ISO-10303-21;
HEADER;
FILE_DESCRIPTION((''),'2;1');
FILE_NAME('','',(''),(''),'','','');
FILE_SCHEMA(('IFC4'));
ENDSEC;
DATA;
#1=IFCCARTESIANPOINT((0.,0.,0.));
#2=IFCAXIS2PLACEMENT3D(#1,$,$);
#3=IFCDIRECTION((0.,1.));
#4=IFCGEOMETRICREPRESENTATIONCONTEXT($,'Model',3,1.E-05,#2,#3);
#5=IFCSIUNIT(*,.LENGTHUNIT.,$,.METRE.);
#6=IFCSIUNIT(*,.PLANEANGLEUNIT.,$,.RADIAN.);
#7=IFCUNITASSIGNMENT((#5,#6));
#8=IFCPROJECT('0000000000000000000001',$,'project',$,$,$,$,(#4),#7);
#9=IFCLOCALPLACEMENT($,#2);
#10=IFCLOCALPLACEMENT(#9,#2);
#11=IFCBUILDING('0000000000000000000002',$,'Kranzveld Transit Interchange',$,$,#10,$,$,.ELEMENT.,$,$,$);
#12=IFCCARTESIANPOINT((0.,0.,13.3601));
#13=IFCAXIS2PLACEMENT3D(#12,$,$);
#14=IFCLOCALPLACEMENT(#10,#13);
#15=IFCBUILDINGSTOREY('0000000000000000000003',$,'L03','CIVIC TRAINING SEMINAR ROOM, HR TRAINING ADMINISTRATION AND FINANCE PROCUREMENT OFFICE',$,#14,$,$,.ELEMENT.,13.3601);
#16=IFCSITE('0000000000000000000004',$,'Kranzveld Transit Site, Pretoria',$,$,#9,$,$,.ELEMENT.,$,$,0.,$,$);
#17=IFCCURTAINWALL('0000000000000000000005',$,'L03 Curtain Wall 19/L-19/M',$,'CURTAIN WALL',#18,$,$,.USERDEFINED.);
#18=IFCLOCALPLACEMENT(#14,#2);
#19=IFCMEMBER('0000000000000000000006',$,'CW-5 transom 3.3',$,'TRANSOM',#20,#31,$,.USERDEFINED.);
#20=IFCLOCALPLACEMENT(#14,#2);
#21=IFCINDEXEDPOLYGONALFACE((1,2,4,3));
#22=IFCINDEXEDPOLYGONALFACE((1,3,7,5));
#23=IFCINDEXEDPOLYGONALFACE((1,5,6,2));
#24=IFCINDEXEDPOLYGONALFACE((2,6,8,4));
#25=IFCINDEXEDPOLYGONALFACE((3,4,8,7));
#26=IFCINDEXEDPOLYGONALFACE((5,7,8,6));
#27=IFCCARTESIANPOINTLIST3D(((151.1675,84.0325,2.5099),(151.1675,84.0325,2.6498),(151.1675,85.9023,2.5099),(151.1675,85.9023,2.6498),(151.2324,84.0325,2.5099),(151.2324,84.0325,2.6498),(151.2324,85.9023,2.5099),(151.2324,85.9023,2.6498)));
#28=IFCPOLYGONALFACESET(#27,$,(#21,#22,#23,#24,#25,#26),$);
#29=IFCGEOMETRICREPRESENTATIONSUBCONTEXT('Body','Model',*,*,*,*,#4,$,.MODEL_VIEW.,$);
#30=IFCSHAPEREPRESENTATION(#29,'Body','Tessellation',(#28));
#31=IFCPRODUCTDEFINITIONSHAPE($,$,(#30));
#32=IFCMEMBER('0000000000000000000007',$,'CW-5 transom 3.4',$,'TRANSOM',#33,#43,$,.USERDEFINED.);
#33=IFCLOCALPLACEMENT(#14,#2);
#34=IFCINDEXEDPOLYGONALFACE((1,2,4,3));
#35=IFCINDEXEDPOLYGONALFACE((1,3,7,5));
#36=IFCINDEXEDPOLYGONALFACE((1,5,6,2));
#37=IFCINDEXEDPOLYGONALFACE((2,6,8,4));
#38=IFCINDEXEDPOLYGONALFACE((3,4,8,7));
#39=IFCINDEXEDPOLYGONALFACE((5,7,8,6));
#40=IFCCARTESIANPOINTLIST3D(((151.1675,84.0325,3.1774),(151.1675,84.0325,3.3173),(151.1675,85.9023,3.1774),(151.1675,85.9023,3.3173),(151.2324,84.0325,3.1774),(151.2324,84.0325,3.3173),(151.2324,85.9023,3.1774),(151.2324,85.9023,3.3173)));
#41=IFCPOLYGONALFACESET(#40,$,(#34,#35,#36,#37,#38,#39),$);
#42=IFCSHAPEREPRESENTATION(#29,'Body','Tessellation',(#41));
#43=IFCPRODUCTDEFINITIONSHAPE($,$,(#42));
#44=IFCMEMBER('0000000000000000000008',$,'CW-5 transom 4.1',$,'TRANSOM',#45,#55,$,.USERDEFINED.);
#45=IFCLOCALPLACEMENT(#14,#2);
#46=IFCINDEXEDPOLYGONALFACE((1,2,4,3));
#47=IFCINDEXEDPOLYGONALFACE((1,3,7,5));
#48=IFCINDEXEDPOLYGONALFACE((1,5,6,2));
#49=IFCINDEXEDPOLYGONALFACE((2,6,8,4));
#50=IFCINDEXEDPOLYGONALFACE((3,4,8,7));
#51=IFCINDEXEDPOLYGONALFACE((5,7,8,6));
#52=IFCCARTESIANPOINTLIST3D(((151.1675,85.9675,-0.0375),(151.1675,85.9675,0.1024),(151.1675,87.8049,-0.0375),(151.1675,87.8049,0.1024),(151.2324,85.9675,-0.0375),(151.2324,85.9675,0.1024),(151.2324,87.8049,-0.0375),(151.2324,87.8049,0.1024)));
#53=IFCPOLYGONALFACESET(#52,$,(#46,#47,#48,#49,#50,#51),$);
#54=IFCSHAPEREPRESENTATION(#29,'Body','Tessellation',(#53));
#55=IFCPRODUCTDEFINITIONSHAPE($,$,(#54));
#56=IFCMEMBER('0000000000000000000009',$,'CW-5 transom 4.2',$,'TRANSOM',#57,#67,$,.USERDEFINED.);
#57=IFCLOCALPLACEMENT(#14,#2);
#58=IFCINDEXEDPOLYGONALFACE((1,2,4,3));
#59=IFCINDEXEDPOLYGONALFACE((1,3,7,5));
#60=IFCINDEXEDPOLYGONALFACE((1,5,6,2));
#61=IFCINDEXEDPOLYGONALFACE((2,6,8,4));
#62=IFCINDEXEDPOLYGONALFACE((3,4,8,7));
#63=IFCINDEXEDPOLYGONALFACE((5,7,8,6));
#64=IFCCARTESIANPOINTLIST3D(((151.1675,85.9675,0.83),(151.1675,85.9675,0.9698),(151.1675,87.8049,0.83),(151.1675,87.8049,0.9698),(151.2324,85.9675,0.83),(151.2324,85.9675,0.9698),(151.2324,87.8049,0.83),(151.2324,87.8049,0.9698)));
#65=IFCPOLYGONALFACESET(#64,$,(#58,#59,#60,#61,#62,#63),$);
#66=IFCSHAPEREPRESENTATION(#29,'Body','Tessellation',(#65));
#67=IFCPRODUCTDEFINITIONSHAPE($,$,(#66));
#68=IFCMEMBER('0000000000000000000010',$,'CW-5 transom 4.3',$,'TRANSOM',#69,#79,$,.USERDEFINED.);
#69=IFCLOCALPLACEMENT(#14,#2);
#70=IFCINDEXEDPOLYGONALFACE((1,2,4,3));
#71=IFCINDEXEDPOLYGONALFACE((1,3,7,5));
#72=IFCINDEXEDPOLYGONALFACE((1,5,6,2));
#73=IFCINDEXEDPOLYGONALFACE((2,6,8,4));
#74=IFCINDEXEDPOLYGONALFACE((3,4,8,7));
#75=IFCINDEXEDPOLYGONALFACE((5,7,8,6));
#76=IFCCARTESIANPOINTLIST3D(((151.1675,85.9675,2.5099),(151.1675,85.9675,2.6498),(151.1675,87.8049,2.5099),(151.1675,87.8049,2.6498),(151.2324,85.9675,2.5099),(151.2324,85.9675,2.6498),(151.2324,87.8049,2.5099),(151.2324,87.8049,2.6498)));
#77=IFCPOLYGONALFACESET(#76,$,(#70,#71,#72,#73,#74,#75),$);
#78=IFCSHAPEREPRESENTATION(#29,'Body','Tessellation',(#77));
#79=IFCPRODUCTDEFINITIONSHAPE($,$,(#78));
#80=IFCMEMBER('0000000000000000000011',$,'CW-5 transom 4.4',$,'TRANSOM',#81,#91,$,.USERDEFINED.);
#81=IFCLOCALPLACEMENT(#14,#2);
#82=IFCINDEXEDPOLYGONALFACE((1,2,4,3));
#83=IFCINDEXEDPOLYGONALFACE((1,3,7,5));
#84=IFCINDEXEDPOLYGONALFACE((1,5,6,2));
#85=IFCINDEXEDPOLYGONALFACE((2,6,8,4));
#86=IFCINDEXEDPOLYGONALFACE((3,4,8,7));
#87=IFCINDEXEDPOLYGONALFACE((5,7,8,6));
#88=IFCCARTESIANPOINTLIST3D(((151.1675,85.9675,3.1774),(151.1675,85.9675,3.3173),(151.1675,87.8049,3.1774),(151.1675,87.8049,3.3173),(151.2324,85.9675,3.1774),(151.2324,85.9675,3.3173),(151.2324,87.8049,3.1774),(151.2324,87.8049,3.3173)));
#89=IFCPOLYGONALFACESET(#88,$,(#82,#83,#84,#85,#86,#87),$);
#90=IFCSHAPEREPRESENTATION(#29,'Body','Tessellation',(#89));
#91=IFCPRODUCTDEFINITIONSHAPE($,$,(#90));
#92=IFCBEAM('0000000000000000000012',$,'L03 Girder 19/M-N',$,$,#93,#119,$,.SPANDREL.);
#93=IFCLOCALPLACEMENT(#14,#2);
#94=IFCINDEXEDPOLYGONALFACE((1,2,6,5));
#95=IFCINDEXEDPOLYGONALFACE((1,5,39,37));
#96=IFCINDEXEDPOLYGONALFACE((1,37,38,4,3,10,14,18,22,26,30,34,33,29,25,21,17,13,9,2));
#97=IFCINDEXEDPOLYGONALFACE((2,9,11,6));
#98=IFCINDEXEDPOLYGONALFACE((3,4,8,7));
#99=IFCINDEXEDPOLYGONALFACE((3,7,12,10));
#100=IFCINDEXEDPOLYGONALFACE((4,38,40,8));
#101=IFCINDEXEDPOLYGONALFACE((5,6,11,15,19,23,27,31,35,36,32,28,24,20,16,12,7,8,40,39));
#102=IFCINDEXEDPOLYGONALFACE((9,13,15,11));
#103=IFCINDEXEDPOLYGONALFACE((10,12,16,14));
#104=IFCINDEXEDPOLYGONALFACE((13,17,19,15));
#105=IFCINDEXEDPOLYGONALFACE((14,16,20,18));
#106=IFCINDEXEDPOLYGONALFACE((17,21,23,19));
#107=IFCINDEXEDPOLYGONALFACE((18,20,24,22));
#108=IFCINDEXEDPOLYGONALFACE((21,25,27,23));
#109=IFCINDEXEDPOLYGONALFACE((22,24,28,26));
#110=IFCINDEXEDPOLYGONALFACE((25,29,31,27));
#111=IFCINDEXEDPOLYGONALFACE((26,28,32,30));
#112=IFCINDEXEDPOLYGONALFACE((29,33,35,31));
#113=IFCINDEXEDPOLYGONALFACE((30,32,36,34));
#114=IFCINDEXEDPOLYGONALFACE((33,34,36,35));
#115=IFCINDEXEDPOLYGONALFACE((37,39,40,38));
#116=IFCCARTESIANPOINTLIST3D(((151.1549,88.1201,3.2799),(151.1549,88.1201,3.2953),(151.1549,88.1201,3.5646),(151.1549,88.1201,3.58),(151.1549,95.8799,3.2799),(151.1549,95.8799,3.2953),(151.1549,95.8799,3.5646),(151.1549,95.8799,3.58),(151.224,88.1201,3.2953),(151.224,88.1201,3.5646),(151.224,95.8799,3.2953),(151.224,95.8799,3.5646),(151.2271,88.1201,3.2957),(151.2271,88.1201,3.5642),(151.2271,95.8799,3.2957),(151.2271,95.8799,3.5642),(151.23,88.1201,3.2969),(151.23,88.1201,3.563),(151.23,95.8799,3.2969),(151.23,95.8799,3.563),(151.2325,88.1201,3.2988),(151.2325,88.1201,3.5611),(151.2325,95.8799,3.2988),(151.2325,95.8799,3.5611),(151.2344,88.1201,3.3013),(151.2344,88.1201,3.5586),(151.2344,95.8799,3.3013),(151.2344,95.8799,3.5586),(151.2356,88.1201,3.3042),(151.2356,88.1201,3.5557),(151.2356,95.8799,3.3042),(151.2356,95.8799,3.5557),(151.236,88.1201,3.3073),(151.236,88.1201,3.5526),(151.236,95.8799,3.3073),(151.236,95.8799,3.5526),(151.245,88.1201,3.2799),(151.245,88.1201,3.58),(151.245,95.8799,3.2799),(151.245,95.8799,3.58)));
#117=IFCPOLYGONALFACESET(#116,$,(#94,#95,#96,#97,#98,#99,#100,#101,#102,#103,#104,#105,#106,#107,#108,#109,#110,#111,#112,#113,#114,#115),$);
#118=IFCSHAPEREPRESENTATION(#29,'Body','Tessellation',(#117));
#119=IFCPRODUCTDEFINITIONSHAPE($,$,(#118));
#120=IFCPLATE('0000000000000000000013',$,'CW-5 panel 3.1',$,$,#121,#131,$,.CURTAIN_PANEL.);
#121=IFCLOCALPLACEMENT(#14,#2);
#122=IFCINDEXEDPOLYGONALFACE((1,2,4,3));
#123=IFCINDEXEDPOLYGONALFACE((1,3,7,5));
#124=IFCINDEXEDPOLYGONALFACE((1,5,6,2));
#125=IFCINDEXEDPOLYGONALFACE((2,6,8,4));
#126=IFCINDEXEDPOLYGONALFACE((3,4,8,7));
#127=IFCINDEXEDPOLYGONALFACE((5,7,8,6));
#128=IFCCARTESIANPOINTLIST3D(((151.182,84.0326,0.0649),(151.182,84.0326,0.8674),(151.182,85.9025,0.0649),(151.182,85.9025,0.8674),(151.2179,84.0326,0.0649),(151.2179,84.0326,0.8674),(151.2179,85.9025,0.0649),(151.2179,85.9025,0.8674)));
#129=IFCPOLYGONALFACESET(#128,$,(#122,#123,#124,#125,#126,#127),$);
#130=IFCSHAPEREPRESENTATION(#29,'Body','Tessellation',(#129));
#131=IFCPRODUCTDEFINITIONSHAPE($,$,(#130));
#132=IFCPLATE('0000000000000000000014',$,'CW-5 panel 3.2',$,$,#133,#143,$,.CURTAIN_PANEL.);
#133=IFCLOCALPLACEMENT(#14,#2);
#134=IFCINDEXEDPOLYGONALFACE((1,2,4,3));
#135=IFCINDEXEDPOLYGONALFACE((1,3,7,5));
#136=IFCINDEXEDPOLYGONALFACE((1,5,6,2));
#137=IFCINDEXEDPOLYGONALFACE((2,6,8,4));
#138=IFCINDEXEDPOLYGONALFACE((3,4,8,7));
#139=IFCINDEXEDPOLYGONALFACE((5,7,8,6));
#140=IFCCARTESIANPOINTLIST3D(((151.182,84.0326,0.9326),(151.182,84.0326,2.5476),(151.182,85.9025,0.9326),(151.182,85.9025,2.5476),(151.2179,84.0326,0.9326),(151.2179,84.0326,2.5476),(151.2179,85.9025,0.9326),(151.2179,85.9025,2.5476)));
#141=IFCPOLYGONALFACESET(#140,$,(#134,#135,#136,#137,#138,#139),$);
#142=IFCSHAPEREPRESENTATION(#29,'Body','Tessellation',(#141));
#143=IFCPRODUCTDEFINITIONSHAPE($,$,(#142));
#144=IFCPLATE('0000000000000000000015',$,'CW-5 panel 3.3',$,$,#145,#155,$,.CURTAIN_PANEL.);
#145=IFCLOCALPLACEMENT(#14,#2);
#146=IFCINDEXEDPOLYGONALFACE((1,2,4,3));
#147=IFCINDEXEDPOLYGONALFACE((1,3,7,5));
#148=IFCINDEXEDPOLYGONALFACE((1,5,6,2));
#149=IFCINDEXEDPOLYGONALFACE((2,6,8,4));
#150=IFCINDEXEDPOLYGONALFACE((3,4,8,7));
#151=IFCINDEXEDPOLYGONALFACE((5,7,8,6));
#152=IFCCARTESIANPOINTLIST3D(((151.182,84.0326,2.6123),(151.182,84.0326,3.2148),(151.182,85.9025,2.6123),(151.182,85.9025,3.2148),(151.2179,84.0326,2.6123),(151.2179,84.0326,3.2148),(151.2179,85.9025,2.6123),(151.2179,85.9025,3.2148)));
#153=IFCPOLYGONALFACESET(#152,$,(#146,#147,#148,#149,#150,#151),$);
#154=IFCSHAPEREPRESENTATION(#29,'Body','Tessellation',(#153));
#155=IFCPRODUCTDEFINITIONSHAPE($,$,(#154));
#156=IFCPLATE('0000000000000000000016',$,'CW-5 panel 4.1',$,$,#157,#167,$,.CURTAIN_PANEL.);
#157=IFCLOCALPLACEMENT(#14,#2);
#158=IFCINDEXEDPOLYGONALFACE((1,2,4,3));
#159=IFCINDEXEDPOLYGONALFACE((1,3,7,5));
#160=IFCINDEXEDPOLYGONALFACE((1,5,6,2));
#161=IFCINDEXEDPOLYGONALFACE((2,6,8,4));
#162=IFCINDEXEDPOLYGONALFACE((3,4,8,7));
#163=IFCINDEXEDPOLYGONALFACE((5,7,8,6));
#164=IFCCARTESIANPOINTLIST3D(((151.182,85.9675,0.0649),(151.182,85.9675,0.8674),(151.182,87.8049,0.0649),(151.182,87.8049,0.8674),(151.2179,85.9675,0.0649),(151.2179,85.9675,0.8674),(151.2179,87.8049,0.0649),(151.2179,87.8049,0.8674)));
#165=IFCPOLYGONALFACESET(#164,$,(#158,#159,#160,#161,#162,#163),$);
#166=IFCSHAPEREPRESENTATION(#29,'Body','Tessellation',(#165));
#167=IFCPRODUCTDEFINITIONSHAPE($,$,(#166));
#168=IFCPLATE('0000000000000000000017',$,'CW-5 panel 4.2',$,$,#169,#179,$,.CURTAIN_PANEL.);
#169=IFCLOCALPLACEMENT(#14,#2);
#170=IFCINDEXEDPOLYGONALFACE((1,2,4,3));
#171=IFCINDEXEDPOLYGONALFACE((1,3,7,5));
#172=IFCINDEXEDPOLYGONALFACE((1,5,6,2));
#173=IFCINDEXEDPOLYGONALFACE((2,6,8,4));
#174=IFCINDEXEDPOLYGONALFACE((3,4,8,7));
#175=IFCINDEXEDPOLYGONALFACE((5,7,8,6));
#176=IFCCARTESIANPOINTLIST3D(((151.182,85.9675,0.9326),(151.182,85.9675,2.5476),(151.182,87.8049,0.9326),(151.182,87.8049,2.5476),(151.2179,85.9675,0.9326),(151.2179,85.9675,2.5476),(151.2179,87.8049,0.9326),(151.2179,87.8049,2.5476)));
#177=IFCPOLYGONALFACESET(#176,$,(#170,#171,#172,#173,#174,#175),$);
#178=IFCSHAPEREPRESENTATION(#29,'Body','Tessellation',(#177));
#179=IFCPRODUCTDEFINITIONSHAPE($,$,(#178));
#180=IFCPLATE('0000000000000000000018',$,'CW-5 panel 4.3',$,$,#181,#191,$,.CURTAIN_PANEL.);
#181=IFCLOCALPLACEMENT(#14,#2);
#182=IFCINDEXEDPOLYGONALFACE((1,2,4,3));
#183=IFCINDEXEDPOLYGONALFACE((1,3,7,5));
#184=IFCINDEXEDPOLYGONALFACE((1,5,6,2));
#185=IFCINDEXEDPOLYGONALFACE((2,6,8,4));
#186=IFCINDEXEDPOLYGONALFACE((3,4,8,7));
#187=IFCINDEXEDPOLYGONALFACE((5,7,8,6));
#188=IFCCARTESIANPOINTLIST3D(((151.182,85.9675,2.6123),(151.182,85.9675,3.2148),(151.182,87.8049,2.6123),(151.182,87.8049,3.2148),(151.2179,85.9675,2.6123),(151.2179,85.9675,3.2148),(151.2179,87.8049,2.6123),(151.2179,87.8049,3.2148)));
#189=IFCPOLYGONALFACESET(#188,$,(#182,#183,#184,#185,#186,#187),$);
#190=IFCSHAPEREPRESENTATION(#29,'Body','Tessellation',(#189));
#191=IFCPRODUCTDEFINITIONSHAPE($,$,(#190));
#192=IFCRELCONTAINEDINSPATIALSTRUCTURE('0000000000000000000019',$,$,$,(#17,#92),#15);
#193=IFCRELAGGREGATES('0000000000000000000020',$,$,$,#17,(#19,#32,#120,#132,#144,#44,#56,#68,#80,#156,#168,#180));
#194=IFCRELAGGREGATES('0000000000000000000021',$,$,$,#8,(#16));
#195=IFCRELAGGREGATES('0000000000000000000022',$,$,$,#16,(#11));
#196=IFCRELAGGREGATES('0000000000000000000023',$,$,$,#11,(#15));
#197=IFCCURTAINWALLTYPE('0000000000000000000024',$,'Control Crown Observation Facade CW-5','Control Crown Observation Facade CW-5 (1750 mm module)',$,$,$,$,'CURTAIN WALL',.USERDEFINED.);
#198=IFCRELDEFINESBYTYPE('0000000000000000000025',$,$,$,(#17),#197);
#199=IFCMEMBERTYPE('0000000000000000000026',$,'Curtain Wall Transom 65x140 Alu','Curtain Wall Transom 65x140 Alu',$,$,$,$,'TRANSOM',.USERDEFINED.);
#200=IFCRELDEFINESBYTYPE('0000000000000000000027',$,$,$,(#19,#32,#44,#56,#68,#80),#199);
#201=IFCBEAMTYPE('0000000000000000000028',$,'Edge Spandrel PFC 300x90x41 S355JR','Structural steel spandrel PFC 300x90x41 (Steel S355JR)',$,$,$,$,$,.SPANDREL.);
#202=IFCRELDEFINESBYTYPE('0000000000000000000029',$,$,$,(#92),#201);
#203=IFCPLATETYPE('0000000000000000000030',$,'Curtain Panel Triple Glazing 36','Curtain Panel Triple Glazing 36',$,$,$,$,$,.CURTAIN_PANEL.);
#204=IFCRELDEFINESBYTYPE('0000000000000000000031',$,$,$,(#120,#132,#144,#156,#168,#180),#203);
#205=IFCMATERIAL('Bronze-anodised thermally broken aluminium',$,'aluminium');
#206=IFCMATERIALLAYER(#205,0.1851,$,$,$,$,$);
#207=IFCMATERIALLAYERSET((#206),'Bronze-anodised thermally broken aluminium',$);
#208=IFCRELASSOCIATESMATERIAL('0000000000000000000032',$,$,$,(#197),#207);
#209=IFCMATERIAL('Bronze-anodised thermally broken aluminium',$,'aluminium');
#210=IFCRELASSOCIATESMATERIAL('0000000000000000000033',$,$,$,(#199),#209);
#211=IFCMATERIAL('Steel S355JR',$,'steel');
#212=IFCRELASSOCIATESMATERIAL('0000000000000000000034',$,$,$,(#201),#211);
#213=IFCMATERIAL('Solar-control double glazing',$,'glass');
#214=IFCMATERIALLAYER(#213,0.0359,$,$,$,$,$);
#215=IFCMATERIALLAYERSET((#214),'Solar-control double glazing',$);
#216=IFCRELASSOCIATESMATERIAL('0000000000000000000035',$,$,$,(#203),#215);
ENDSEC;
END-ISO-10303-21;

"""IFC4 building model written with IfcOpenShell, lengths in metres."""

from ifc_helpers import new_model, si_unit, direction, frame, origin, origin_2d, place, context, subcontext, project, spatial, rectangle, u_section, extrude, material, layer, layer_set, material_profile, profile_set, type_object, element, aggregate, save


model = new_model("IFC4")

# Units and contexts
model_context = context("Model", 3, precision=1e-05, world=origin(), true_north=direction((0.0, 1.0)))
body_context = subcontext(model_context, "Body", "Model", "MODEL_VIEW")
ifc_project = project(units=[si_unit("LENGTHUNIT", "METRE"), si_unit("PLANEANGLEUNIT", "RADIAN")], contexts=[model_context])

# Site, building, storey
site_placement = place(None, origin())
site = spatial("IfcSite", under=ifc_project, at=site_placement, Name="Kranzveld Transit Site, Pretoria", CompositionType="ELEMENT", RefElevation=0.0)
building_placement = place(site_placement, origin())
building = spatial("IfcBuilding", under=site, at=building_placement, Name="Kranzveld Transit Interchange", CompositionType="ELEMENT")
storey_placement = place(building_placement, frame((0.0, 0.0, 13.3601)))
storey = spatial("IfcBuildingStorey", under=building, at=storey_placement, Name="L03", Description="CIVIC TRAINING SEMINAR ROOM, HR TRAINING ADMINISTRATION AND FINANCE PROCUREMENT OFFICE", CompositionType="ELEMENT", Elevation=13.3601)

# Curtain wall
ifc_material_1 = material(Name="Bronze-anodised thermally broken aluminium", Category="aluminium")
ifc_layer_1 = layer(ifc_material_1, 0.1851)
ifc_layer_set_1 = layer_set([ifc_layer_1], Name="Bronze-anodised thermally broken aluminium")
curtain_wall_type_1 = type_object("IfcCurtainWallType", Name="Control Crown Observation Facade CW-5", Description="Control Crown Observation Facade CW-5 (1750 mm module)", ElementType="CURTAIN WALL", PredefinedType="USERDEFINED", material=ifc_layer_set_1)
curtain_wall_1_placement = place(storey_placement, origin())
curtain_wall_1 = element("IfcCurtainWall", 1, at=curtain_wall_1_placement, inside=storey, type_object=curtain_wall_type_1, Name="L03 Curtain Wall 19/L-19/M", ObjectType="CURTAIN WALL", PredefinedType="USERDEFINED")

# Members
ifc_material_2 = material(Name="Bronze-anodised thermally broken aluminium", Category="aluminium")
ifc_material_profile_1 = material_profile(ifc_material_2, rectangle(XDim=0.0649, YDim=0.1399, at=origin_2d()), Name="ALU TRANSOM 65x140")
ifc_profile_set_1 = profile_set([ifc_material_profile_1], Name="Bronze-anodised thermally broken aluminium")
member_type_1 = type_object("IfcMemberType", Name="Curtain Wall Transom 65x140 Alu", Description="Curtain Wall Transom 65x140 Alu", ElementType="TRANSOM", PredefinedType="USERDEFINED", material=ifc_profile_set_1)
member_1_placement = place(storey_placement, frame((151.2, 84.0325, 2.5798), z_axis=(0.0, 1.0, 0.0), x_axis=(-1.0, 0.0, 0.0)))
member_1 = element("IfcMember", 2, at=member_1_placement, type_object=member_type_1, Name="CW-5 transom 3.3", ObjectType="TRANSOM", PredefinedType="USERDEFINED", context=body_context, shape_type="SweptSolid", body=[
    extrude(rectangle(XDim=0.0649, YDim=0.1399, at=origin_2d()), origin(), (0.0, 0.0, 1.0), 1.8699),
])
member_2_placement = place(storey_placement, frame((151.2, 84.0325, 3.2473), z_axis=(0.0, 1.0, 0.0), x_axis=(-1.0, 0.0, 0.0)))
member_2 = element("IfcMember", 3, at=member_2_placement, type_object=member_type_1, Name="CW-5 transom 3.4", ObjectType="TRANSOM", PredefinedType="USERDEFINED", context=body_context, shape_type="SweptSolid", body=[
    extrude(rectangle(XDim=0.0649, YDim=0.1399, at=origin_2d()), origin(), (0.0, 0.0, 1.0), 1.8699),
])
member_3_placement = place(storey_placement, frame((151.2, 85.9675, 0.0325), z_axis=(0.0, 1.0, 0.0), x_axis=(-1.0, 0.0, 0.0)))
member_3 = element("IfcMember", 4, at=member_3_placement, type_object=member_type_1, Name="CW-5 transom 4.1", ObjectType="TRANSOM", PredefinedType="USERDEFINED", context=body_context, shape_type="SweptSolid", body=[
    extrude(rectangle(XDim=0.0649, YDim=0.1399, at=origin_2d()), origin(), (0.0, 0.0, 1.0), 1.8374),
])
member_4_placement = place(storey_placement, frame((151.2, 85.9675, 0.8999), z_axis=(0.0, 1.0, 0.0), x_axis=(-1.0, 0.0, 0.0)))
member_4 = element("IfcMember", 5, at=member_4_placement, type_object=member_type_1, Name="CW-5 transom 4.2", ObjectType="TRANSOM", PredefinedType="USERDEFINED", context=body_context, shape_type="SweptSolid", body=[
    extrude(rectangle(XDim=0.0649, YDim=0.1399, at=origin_2d()), origin(), (0.0, 0.0, 1.0), 1.8374),
])
member_5_placement = place(storey_placement, frame((151.2, 85.9675, 2.5798), z_axis=(0.0, 1.0, 0.0), x_axis=(-1.0, 0.0, 0.0)))
member_5 = element("IfcMember", 6, at=member_5_placement, type_object=member_type_1, Name="CW-5 transom 4.3", ObjectType="TRANSOM", PredefinedType="USERDEFINED", context=body_context, shape_type="SweptSolid", body=[
    extrude(rectangle(XDim=0.0649, YDim=0.1399, at=origin_2d()), origin(), (0.0, 0.0, 1.0), 1.8374),
])
member_6_placement = place(storey_placement, frame((151.2, 85.9675, 3.2473), z_axis=(0.0, 1.0, 0.0), x_axis=(-1.0, 0.0, 0.0)))
member_6 = element("IfcMember", 7, at=member_6_placement, type_object=member_type_1, Name="CW-5 transom 4.4", ObjectType="TRANSOM", PredefinedType="USERDEFINED", context=body_context, shape_type="SweptSolid", body=[
    extrude(rectangle(XDim=0.0649, YDim=0.1399, at=origin_2d()), origin(), (0.0, 0.0, 1.0), 1.8374),
])

# Beam
ifc_material_3 = material(Name="Steel S355JR", Category="steel")
ifc_material_profile_2 = material_profile(ifc_material_3, u_section(Depth=0.3, FlangeWidth=0.0901, WebThickness=0.009, FlangeThickness=0.0154, FilletRadius=0.012, at=origin_2d()), Name="PFC 300x90x41")
ifc_profile_set_2 = profile_set([ifc_material_profile_2], Name="Steel S355JR")
beam_type = type_object("IfcBeamType", Name="Edge Spandrel PFC 300x90x41 S355JR", Description="Structural steel spandrel PFC 300x90x41 (Steel S355JR)", PredefinedType="SPANDREL", material=ifc_profile_set_2)
beam_placement = place(storey_placement, frame((151.2, 88.1201, 3.4299), z_axis=(0.0, 1.0, 0.0), x_axis=(-1.0, 0.0, 0.0)))
element("IfcBeam", 8, at=beam_placement, inside=storey, type_object=beam_type, Name="L03 Girder 19/M-N", PredefinedType="SPANDREL", context=body_context, shape_type="SweptSolid", body=[
    extrude(u_section(Depth=0.3, FlangeWidth=0.0901, WebThickness=0.009, FlangeThickness=0.0154, FilletRadius=0.012, at=origin_2d()), origin(), (0.0, 0.0, 1.0), 7.7598),
])

# Plates
ifc_material_4 = material(Name="Solar-control double glazing", Category="glass")
ifc_layer_2 = layer(ifc_material_4, 0.0359)
ifc_layer_set_2 = layer_set([ifc_layer_2], Name="Solar-control double glazing")
plate_type_1 = type_object("IfcPlateType", Name="Curtain Panel Triple Glazing 36", Description="Curtain Panel Triple Glazing 36", PredefinedType="CURTAIN_PANEL", material=ifc_layer_set_2)
plate_1_placement = place(storey_placement, frame((151.2, 84.9675, 0.0649), z_axis=(0.0, 0.0, 1.0), x_axis=(0.0, 1.0, 0.0)))
plate_1 = element("IfcPlate", 9, at=plate_1_placement, type_object=plate_type_1, Name="CW-5 panel 3.1", PredefinedType="CURTAIN_PANEL", context=body_context, shape_type="SweptSolid", body=[
    extrude(rectangle(XDim=1.8699, YDim=0.0359, at=origin_2d()), origin(), (0.0, 0.0, 1.0), 0.8025),
])
plate_2_placement = place(storey_placement, frame((151.2, 84.9675, 0.9326), z_axis=(0.0, 0.0, 1.0), x_axis=(0.0, 1.0, 0.0)))
plate_2 = element("IfcPlate", 10, at=plate_2_placement, type_object=plate_type_1, Name="CW-5 panel 3.2", PredefinedType="CURTAIN_PANEL", context=body_context, shape_type="SweptSolid", body=[
    extrude(rectangle(XDim=1.8699, YDim=0.0359, at=origin_2d()), origin(), (0.0, 0.0, 1.0), 1.615),
])
plate_3_placement = place(storey_placement, frame((151.2, 84.9675, 2.6123), z_axis=(0.0, 0.0, 1.0), x_axis=(0.0, 1.0, 0.0)))
plate_3 = element("IfcPlate", 11, at=plate_3_placement, type_object=plate_type_1, Name="CW-5 panel 3.3", PredefinedType="CURTAIN_PANEL", context=body_context, shape_type="SweptSolid", body=[
    extrude(rectangle(XDim=1.8699, YDim=0.0359, at=origin_2d()), origin(), (0.0, 0.0, 1.0), 0.6025),
])
plate_4_placement = place(storey_placement, frame((151.2, 86.8862, 0.0649), z_axis=(0.0, 0.0, 1.0), x_axis=(0.0, 1.0, 0.0)))
plate_4 = element("IfcPlate", 12, at=plate_4_placement, type_object=plate_type_1, Name="CW-5 panel 4.1", PredefinedType="CURTAIN_PANEL", context=body_context, shape_type="SweptSolid", body=[
    extrude(rectangle(XDim=1.8374, YDim=0.0359, at=origin_2d()), origin(), (0.0, 0.0, 1.0), 0.8025),
])
plate_5_placement = place(storey_placement, frame((151.2, 86.8862, 0.9326), z_axis=(0.0, 0.0, 1.0), x_axis=(0.0, 1.0, 0.0)))
plate_5 = element("IfcPlate", 13, at=plate_5_placement, type_object=plate_type_1, Name="CW-5 panel 4.2", PredefinedType="CURTAIN_PANEL", context=body_context, shape_type="SweptSolid", body=[
    extrude(rectangle(XDim=1.8374, YDim=0.0359, at=origin_2d()), origin(), (0.0, 0.0, 1.0), 1.615),
])
plate_6_placement = place(storey_placement, frame((151.2, 86.8862, 2.6123), z_axis=(0.0, 0.0, 1.0), x_axis=(0.0, 1.0, 0.0)))
plate_6 = element("IfcPlate", 14, at=plate_6_placement, type_object=plate_type_1, Name="CW-5 panel 4.3", PredefinedType="CURTAIN_PANEL", context=body_context, shape_type="SweptSolid", body=[
    extrude(rectangle(XDim=1.8374, YDim=0.0359, at=origin_2d()), origin(), (0.0, 0.0, 1.0), 0.6025),
])
aggregate(curtain_wall_1, [member_1, member_2, plate_1, plate_2, plate_3, member_3, member_4, member_5, member_6, plate_4, plate_5, plate_6])

save(model, "model.ifc")
